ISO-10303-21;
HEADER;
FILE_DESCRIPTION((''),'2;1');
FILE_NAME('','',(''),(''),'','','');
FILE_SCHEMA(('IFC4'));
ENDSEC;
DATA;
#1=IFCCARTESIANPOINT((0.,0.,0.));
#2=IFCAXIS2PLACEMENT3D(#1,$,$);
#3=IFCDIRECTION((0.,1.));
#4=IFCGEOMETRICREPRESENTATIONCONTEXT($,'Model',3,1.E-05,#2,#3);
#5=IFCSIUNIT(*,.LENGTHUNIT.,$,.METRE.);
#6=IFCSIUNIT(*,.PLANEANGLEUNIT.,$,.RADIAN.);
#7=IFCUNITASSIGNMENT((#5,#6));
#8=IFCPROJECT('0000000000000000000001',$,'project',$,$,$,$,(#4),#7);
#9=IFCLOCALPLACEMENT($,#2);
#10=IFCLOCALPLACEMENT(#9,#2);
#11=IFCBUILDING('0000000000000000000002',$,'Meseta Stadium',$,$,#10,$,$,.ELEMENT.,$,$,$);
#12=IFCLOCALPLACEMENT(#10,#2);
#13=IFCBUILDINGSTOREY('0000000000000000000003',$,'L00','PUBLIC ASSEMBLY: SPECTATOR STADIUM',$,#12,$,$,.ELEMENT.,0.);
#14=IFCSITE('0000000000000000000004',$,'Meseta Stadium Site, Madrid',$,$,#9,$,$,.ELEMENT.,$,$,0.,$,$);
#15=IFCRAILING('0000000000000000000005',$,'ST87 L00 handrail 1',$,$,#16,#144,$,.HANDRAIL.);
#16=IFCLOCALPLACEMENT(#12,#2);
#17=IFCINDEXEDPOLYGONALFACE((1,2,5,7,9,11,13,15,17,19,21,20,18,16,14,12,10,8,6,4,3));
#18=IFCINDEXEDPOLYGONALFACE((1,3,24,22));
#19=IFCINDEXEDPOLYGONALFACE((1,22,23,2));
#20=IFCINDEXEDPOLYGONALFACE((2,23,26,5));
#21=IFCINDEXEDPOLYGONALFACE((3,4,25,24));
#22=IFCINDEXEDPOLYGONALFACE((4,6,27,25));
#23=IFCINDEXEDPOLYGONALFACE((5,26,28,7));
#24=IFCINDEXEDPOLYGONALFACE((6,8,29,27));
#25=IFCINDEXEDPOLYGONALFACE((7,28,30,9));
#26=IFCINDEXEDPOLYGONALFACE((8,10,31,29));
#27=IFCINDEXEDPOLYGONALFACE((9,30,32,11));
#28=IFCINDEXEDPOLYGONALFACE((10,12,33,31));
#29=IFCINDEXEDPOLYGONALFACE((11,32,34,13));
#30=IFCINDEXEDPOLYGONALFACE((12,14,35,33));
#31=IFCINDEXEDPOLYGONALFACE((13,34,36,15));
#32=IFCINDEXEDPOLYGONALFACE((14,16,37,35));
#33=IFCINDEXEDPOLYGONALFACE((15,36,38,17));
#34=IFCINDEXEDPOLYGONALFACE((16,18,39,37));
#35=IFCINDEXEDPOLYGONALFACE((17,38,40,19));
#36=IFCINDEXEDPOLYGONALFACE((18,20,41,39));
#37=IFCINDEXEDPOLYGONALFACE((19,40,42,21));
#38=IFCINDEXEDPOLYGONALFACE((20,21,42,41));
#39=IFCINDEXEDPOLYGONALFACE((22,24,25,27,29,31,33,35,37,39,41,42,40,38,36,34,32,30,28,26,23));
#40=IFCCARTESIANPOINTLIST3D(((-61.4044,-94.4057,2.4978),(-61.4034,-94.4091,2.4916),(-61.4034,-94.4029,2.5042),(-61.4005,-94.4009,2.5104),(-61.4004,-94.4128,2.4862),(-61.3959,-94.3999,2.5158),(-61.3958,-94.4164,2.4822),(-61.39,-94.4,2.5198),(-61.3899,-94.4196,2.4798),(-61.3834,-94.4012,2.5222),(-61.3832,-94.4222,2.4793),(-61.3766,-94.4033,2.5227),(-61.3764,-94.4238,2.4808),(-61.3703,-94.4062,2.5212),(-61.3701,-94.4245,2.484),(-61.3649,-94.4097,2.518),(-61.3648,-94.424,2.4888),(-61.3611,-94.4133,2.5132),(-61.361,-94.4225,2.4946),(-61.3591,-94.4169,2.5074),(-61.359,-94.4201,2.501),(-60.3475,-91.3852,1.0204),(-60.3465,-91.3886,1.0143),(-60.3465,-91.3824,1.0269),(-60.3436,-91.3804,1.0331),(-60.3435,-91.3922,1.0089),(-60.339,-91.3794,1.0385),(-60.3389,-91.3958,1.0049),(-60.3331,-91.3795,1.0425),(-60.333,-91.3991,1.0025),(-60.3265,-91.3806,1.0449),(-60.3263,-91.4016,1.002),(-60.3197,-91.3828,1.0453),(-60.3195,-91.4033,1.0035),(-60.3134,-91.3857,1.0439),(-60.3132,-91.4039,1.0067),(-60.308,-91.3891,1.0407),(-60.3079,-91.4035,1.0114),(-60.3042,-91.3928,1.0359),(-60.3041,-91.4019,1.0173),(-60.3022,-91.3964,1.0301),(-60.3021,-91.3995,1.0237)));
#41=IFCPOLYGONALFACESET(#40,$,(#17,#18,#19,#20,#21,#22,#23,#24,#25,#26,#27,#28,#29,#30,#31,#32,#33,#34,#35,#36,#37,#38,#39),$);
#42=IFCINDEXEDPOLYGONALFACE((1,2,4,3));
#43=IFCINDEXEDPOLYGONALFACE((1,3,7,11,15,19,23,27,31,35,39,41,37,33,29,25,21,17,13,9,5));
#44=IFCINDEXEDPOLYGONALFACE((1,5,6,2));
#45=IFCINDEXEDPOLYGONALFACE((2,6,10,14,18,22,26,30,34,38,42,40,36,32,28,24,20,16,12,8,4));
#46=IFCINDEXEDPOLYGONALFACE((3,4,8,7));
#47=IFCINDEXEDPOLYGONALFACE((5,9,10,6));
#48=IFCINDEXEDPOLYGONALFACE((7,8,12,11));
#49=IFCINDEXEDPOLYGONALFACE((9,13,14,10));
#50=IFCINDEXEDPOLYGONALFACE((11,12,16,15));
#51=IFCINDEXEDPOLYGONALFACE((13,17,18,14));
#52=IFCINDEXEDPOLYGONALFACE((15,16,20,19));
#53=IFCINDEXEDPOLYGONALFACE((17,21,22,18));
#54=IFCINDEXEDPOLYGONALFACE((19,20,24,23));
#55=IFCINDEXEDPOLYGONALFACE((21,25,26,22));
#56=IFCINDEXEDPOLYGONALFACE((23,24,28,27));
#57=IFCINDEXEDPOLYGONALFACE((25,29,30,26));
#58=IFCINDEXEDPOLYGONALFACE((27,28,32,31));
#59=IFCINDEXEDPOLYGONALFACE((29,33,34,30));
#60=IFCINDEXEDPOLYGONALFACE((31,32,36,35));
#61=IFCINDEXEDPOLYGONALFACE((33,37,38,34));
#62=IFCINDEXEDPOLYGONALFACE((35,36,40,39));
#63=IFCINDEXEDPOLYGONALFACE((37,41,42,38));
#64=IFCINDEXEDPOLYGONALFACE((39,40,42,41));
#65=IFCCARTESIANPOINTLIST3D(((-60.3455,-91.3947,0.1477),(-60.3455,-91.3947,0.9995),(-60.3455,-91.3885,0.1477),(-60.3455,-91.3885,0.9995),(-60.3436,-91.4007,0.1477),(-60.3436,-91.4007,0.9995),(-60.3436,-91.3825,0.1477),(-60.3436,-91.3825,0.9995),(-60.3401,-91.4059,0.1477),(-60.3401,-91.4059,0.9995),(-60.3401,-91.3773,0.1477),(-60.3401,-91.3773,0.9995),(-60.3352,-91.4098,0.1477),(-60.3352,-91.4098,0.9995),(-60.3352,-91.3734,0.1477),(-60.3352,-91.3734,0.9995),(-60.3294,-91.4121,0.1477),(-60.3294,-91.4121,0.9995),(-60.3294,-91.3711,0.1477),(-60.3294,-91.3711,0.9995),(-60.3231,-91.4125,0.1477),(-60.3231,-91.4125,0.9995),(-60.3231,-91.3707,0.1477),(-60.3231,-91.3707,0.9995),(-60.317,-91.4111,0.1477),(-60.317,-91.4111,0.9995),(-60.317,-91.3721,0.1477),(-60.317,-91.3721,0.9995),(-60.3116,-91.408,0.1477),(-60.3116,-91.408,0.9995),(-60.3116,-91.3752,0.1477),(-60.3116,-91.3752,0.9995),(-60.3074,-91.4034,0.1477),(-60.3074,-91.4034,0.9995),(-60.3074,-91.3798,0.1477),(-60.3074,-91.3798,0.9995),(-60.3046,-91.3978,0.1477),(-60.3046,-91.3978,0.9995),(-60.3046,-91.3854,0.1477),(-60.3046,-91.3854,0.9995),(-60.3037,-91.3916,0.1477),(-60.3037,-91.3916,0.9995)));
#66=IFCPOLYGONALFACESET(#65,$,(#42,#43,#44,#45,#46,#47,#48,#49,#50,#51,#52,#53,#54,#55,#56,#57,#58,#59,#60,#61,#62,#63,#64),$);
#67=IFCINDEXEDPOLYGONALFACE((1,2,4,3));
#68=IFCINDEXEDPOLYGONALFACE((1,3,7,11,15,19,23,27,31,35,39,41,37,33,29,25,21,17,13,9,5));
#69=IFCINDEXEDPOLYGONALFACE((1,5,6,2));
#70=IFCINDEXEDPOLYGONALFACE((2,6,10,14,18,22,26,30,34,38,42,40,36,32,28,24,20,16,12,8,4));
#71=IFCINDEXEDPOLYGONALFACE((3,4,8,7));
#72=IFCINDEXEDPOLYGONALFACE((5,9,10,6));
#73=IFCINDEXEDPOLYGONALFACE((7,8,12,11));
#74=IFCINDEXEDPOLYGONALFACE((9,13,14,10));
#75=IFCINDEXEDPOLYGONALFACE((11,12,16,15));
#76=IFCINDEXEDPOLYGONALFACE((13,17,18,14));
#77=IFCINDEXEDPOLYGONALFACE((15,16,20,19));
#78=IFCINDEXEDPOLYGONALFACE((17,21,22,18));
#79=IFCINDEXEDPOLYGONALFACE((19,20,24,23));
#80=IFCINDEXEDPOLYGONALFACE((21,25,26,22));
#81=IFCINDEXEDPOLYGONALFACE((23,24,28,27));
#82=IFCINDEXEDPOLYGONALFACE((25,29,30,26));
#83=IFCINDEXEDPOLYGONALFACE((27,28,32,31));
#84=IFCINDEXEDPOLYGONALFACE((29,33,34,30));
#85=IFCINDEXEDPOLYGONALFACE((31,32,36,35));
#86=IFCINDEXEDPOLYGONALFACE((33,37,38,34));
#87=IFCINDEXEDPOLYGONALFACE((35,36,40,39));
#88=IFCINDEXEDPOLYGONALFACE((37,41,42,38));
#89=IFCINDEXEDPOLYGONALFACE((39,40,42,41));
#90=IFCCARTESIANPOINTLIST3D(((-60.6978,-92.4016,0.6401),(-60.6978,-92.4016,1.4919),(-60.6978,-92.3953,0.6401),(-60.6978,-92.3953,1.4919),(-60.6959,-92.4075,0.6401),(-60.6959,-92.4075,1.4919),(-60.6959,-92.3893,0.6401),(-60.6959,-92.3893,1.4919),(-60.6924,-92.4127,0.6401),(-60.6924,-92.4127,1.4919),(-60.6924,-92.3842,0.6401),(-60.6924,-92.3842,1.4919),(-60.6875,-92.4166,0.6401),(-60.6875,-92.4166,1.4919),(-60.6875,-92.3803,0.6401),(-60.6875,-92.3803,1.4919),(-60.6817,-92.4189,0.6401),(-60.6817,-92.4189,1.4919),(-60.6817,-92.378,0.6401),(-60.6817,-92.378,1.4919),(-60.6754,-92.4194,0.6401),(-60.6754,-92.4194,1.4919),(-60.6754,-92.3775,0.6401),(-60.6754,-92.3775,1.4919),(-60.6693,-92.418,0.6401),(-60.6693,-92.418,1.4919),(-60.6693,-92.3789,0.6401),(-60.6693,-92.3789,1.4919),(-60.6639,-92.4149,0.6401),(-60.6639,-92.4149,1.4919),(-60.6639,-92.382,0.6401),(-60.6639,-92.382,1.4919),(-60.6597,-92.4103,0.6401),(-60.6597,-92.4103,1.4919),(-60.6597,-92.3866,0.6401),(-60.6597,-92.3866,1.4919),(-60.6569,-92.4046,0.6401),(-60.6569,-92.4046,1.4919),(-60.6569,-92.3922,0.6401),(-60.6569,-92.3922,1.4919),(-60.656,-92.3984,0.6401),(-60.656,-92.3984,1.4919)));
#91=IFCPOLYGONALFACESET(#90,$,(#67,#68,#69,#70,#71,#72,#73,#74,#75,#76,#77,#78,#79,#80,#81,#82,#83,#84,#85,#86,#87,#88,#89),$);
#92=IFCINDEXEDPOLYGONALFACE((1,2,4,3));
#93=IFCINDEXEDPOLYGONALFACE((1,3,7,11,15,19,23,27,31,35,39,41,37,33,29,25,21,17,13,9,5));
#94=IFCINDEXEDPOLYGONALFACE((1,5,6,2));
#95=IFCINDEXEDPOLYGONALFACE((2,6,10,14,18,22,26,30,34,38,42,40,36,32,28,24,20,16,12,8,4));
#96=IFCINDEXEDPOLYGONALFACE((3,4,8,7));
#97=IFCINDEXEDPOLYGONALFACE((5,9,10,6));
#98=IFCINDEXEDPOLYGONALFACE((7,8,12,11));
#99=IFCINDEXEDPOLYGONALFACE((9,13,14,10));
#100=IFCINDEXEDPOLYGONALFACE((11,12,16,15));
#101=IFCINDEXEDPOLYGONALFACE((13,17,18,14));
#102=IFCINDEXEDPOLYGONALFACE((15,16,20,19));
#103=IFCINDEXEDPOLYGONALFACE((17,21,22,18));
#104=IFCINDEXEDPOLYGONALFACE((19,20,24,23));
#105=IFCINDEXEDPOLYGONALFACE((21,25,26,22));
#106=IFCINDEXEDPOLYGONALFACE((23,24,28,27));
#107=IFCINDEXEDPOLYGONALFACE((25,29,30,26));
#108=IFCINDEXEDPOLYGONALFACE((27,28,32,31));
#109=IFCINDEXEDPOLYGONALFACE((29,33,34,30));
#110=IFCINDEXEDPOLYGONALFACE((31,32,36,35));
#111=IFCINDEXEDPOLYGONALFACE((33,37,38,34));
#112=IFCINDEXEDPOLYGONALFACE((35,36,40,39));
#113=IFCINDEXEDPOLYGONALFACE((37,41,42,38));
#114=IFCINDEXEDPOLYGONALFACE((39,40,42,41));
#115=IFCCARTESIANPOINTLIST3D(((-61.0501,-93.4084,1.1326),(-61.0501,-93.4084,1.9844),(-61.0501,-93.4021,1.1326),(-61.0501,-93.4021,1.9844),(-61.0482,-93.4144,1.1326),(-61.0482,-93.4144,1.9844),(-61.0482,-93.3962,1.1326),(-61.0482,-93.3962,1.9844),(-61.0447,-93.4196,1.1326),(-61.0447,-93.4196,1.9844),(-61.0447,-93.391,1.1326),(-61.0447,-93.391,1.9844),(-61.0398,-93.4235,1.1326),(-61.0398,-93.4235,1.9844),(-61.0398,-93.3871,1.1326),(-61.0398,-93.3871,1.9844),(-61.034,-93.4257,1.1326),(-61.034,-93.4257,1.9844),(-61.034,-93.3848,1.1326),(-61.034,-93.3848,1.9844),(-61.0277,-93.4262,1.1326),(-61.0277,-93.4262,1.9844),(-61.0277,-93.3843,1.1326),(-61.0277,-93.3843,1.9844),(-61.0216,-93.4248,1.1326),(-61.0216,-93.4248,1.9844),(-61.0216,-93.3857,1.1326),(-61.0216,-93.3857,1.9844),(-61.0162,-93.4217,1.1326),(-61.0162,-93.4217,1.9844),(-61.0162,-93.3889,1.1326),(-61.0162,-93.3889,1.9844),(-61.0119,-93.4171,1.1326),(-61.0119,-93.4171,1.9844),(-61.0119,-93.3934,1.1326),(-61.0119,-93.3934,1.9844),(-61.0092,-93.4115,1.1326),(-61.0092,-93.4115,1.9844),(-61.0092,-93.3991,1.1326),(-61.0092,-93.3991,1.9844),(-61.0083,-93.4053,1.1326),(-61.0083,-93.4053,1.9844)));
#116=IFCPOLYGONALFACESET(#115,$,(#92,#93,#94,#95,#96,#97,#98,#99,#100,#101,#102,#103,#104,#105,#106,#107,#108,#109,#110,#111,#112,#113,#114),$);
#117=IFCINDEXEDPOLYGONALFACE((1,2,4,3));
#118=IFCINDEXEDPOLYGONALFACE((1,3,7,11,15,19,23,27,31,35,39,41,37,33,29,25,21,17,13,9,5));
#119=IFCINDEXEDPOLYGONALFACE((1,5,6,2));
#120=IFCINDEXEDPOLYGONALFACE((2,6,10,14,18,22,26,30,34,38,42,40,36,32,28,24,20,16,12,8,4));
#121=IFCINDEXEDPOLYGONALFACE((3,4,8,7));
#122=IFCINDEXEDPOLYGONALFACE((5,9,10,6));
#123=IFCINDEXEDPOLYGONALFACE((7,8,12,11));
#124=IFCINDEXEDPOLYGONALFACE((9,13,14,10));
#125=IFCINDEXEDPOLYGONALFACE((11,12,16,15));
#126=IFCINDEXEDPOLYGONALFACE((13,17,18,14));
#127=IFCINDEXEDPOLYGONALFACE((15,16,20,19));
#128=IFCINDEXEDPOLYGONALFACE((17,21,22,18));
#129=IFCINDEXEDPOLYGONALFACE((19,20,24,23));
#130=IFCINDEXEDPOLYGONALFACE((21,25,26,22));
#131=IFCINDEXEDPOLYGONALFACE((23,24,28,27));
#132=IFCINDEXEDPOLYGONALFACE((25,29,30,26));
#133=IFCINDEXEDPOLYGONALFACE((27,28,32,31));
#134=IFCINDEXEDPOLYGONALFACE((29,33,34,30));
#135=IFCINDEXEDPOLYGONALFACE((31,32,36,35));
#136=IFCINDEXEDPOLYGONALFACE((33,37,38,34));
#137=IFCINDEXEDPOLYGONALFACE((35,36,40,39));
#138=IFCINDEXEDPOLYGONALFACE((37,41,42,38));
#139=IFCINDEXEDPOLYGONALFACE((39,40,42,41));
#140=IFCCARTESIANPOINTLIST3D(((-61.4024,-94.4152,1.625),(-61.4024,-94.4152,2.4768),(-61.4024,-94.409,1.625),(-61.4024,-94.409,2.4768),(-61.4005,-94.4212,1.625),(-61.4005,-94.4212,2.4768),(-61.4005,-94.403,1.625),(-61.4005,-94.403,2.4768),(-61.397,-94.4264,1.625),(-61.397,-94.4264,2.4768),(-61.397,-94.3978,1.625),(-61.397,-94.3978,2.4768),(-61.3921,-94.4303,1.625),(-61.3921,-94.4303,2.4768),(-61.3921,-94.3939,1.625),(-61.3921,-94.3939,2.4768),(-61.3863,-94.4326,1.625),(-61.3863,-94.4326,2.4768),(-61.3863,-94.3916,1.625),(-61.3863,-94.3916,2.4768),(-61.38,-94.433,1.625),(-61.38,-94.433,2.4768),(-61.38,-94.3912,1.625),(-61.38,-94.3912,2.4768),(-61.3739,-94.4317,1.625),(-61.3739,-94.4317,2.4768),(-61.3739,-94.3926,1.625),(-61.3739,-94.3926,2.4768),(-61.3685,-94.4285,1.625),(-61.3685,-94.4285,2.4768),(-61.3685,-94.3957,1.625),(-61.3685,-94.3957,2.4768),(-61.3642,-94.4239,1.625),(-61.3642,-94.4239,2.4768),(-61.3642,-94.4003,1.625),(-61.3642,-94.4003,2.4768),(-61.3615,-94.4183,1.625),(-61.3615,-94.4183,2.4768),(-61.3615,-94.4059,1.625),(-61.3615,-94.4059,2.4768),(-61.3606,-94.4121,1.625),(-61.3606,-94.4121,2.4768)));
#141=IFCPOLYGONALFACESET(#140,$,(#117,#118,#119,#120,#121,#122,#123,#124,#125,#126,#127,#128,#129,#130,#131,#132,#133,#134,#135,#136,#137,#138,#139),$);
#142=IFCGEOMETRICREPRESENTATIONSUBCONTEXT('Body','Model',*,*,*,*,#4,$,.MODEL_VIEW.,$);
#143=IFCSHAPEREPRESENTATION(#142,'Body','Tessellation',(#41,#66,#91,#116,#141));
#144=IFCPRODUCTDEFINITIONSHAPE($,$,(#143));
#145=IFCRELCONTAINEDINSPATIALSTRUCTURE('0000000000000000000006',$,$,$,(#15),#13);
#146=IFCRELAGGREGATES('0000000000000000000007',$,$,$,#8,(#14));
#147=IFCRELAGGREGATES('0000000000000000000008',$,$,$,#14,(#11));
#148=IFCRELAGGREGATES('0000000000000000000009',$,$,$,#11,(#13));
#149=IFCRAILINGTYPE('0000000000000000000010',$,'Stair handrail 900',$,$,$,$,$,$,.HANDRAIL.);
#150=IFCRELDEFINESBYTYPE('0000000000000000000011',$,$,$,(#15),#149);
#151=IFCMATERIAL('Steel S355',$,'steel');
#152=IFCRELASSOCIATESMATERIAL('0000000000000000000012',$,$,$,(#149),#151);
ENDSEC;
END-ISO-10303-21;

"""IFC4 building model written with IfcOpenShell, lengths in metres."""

from ifc_helpers import new_model, si_unit, direction, frame, origin, origin_2d, place, context, subcontext, project, spatial, circle, extrude, material, type_object, element, save


model = new_model("IFC4")

# Units and contexts
model_context = context("Model", 3, precision=1e-05, world=origin(), true_north=direction((0.0, 1.0)))
body_context = subcontext(model_context, "Body", "Model", "MODEL_VIEW")
ifc_project = project(units=[si_unit("LENGTHUNIT", "METRE"), si_unit("PLANEANGLEUNIT", "RADIAN")], contexts=[model_context])

# Site, building, storey
site_placement = place(None, origin())
site = spatial("IfcSite", under=ifc_project, at=site_placement, Name="Meseta Stadium Site, Madrid", CompositionType="ELEMENT", RefElevation=0.0)
building_placement = place(site_placement, origin())
building = spatial("IfcBuilding", under=site, at=building_placement, Name="Meseta Stadium", CompositionType="ELEMENT")
storey_placement = place(building_placement, origin())
storey = spatial("IfcBuildingStorey", under=building, at=storey_placement, Name="L00", Description="PUBLIC ASSEMBLY: SPECTATOR STADIUM", CompositionType="ELEMENT", Elevation=0.0)

# Railing
ifc_material_1 = material(Name="Steel S355", Category="steel")
railing_type_1 = type_object("IfcRailingType", Name="Stair handrail 900", PredefinedType="HANDRAIL", material=ifc_material_1)
for number, where, name in (
    (1, (-60.3247, -91.3916, 0.1477), "ST87 L00 handrail 1"),
):
    element("IfcRailing", number, at=place(storey_placement, frame(where)), inside=storey, type_object=railing_type_1, Name=name, PredefinedType="HANDRAIL", context=body_context, shape_type="SweptSolid", body=[
        extrude(circle(Radius=0.0239, at=origin_2d()), frame((0.0, 0.0, 0.876), z_axis=(-0.299859, -0.856977, 0.419137), x_axis=(0.943887, -0.330269, 0.0)), (0.0, 0.0, 1.0), 3.5247),
        extrude(circle(Radius=0.021, at=origin_2d()), origin(), (0.0, 0.0, 1.0), 0.8518),
        extrude(circle(Radius=0.021, at=origin_2d()), frame((-0.3523, -1.0068, 0.4924)), (0.0, 0.0, 1.0), 0.8518),
        extrude(circle(Radius=0.021, at=origin_2d()), frame((-0.7046, -2.0137, 0.9849)), (0.0, 0.0, 1.0), 0.8518),
        extrude(circle(Radius=0.021, at=origin_2d()), frame((-1.0569, -3.0205, 1.4773)), (0.0, 0.0, 1.0), 0.8518),
    ])

save(model, "model.ifc")
